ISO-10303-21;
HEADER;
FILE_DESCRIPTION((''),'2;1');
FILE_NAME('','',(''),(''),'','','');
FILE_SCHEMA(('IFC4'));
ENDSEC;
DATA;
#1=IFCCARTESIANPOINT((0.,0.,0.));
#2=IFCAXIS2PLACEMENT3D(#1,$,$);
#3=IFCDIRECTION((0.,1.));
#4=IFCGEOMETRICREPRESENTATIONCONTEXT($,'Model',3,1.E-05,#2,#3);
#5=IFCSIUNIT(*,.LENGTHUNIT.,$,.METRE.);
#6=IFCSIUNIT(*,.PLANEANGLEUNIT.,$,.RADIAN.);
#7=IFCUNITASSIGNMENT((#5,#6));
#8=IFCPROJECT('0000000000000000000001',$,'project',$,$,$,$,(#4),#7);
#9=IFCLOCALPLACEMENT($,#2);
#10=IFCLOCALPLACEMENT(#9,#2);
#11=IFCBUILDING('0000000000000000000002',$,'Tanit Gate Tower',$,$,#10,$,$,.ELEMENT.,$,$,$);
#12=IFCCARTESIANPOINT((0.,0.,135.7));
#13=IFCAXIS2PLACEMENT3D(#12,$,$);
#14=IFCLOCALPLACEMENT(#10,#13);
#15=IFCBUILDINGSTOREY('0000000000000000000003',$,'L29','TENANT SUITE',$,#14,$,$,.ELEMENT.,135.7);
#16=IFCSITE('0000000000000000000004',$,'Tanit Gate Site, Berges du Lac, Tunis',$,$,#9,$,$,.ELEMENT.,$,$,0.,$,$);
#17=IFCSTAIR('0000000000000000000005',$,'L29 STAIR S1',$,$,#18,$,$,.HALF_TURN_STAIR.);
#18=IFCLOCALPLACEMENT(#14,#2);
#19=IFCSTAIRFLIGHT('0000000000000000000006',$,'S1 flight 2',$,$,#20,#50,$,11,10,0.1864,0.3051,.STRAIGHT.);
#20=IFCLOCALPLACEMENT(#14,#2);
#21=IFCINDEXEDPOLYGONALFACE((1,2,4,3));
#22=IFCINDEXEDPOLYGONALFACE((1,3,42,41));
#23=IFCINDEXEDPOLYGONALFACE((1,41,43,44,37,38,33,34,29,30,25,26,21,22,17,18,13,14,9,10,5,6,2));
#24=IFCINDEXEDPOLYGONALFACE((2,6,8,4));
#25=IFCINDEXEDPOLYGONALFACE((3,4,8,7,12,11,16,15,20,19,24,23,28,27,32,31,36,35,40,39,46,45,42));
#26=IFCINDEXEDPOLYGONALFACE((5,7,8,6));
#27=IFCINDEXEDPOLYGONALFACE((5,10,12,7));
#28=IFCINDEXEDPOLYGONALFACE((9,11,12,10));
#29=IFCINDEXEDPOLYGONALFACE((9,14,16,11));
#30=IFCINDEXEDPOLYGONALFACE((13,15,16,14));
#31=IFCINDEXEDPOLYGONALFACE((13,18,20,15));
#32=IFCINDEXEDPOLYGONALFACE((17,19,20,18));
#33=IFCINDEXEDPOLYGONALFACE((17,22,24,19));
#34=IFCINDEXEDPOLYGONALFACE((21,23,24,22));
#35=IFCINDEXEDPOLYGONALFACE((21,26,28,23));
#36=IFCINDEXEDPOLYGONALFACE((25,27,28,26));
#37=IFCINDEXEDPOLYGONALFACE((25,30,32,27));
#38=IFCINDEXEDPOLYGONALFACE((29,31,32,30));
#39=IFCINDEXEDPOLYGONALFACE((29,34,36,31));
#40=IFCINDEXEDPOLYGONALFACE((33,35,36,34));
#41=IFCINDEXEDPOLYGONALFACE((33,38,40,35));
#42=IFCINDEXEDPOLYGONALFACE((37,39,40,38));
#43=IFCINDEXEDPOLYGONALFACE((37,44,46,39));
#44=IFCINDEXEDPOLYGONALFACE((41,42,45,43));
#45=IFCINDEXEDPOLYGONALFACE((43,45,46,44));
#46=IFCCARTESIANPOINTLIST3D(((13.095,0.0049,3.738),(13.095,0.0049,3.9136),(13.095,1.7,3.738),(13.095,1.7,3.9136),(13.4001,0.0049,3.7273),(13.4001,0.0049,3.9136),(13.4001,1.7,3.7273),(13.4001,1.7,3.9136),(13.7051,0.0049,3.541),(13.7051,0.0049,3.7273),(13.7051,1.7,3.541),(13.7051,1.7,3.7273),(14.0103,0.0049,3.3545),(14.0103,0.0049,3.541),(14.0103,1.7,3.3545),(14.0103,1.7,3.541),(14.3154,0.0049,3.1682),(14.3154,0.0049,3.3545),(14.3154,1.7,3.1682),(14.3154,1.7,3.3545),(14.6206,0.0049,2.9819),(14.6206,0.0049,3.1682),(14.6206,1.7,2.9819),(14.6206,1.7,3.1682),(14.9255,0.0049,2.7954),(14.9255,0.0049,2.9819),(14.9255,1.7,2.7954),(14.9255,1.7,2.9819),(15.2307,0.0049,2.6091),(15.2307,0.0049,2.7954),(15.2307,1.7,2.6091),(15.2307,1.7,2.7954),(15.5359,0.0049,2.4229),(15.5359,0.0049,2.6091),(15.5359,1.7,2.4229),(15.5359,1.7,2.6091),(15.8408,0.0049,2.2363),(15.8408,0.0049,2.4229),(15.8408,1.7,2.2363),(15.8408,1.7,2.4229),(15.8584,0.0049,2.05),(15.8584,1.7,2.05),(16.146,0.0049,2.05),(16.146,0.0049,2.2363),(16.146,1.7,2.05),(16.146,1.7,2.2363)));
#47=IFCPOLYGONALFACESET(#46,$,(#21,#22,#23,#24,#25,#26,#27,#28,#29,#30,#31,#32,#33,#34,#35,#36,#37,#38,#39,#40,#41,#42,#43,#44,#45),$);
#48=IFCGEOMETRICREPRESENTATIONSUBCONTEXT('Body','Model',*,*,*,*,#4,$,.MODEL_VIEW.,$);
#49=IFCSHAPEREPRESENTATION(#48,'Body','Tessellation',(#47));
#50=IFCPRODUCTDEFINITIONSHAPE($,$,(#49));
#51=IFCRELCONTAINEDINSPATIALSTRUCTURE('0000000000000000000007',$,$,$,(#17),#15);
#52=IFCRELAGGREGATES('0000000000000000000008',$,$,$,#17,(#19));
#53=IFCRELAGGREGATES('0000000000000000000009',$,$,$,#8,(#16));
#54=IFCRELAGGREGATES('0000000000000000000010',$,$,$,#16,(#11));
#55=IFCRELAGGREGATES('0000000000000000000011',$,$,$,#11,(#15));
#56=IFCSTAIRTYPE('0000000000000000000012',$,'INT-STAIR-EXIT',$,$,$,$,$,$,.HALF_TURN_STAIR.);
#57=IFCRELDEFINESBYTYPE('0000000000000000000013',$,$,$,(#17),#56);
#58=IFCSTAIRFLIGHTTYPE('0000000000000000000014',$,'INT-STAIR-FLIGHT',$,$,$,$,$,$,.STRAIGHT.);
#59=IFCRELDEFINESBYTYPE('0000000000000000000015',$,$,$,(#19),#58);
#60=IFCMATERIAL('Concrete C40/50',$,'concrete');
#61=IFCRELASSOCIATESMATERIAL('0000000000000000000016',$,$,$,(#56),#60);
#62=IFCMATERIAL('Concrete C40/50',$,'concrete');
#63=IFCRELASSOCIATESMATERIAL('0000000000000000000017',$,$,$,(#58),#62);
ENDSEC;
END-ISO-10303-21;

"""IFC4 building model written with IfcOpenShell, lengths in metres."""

from ifc_helpers import new_model, si_unit, direction, frame, origin, place, context, subcontext, project, spatial, polyline, outline, extrude, material, type_object, element, aggregate, save


model = new_model("IFC4")

# Units and contexts
model_context = context("Model", 3, precision=1e-05, world=origin(), true_north=direction((0.0, 1.0)))
body_context = subcontext(model_context, "Body", "Model", "MODEL_VIEW")
ifc_project = project(units=[si_unit("LENGTHUNIT", "METRE"), si_unit("PLANEANGLEUNIT", "RADIAN")], contexts=[model_context])

# Site, building, storey
site_placement = place(None, origin())
site = spatial("IfcSite", under=ifc_project, at=site_placement, Name="Tanit Gate Site, Berges du Lac, Tunis", CompositionType="ELEMENT", RefElevation=0.0)
building_placement = place(site_placement, origin())
building = spatial("IfcBuilding", under=site, at=building_placement, Name="Tanit Gate Tower", CompositionType="ELEMENT")
storey_placement = place(building_placement, frame((0.0, 0.0, 135.7)))
storey = spatial("IfcBuildingStorey", under=building, at=storey_placement, Name="L29", Description="TENANT SUITE", CompositionType="ELEMENT", Elevation=135.7)

# Stair, stair flight
ifc_material_1 = material(Name="Concrete C40/50", Category="concrete")
stair_type = type_object("IfcStairType", Name="INT-STAIR-EXIT", PredefinedType="HALF_TURN_STAIR", material=ifc_material_1)
stair_placement = place(storey_placement, origin())
stair = element("IfcStair", 1, at=stair_placement, inside=storey, type_object=stair_type, Name="L29 STAIR S1", PredefinedType="HALF_TURN_STAIR")
ifc_material_2 = material(Name="Concrete C40/50", Category="concrete")
stair_flight_type = type_object("IfcStairFlightType", Name="INT-STAIR-FLIGHT", PredefinedType="STRAIGHT", material=ifc_material_2)
stair_flight_1_placement = place(storey_placement, frame((16.146, 0.8525, 2.05), z_axis=(0.0, 0.0, 1.0), x_axis=(-1.0, 0.0, 0.0)))
stair_flight_1 = element("IfcStairFlight", 2, at=stair_flight_1_placement, type_object=stair_flight_type, Name="S1 flight 2", NumberOfRisers=11, NumberOfTreads=10, PredefinedType="STRAIGHT", RiserHeight=0.1864, TreadLength=0.3051, context=body_context, shape_type="SweptSolid", body=[
    extrude(outline(polyline([(0.0, 0.0), (0.0, 0.1863), (0.3052, 0.1863), (0.3052, 0.3728), (0.6101, 0.3728), (0.6101, 0.5591), (0.9153, 0.5591), (0.9153, 0.7454), (1.2205, 0.7454), (1.2205, 0.9319), (1.5254, 0.9319), (1.5254, 1.1182), (1.8306, 1.1182), (1.8306, 1.3044), (2.1357, 1.3044), (2.1357, 1.491), (2.4409, 1.491), (2.4409, 1.6772), (2.7458, 1.6772), (2.7458, 1.8635), (3.051, 1.8635), (3.051, 2.05), (3.051, 1.688), (0.2876, 0.0), (0.0, 0.0)])), frame((0.0, 0.8477, 0.0), z_axis=(0.0, -1.0, 0.0), x_axis=(1.0, 0.0, 0.0)), (0.0, 0.0, 1.0), 1.6951),
])
aggregate(stair, [stair_flight_1])

save(model, "model.ifc")
